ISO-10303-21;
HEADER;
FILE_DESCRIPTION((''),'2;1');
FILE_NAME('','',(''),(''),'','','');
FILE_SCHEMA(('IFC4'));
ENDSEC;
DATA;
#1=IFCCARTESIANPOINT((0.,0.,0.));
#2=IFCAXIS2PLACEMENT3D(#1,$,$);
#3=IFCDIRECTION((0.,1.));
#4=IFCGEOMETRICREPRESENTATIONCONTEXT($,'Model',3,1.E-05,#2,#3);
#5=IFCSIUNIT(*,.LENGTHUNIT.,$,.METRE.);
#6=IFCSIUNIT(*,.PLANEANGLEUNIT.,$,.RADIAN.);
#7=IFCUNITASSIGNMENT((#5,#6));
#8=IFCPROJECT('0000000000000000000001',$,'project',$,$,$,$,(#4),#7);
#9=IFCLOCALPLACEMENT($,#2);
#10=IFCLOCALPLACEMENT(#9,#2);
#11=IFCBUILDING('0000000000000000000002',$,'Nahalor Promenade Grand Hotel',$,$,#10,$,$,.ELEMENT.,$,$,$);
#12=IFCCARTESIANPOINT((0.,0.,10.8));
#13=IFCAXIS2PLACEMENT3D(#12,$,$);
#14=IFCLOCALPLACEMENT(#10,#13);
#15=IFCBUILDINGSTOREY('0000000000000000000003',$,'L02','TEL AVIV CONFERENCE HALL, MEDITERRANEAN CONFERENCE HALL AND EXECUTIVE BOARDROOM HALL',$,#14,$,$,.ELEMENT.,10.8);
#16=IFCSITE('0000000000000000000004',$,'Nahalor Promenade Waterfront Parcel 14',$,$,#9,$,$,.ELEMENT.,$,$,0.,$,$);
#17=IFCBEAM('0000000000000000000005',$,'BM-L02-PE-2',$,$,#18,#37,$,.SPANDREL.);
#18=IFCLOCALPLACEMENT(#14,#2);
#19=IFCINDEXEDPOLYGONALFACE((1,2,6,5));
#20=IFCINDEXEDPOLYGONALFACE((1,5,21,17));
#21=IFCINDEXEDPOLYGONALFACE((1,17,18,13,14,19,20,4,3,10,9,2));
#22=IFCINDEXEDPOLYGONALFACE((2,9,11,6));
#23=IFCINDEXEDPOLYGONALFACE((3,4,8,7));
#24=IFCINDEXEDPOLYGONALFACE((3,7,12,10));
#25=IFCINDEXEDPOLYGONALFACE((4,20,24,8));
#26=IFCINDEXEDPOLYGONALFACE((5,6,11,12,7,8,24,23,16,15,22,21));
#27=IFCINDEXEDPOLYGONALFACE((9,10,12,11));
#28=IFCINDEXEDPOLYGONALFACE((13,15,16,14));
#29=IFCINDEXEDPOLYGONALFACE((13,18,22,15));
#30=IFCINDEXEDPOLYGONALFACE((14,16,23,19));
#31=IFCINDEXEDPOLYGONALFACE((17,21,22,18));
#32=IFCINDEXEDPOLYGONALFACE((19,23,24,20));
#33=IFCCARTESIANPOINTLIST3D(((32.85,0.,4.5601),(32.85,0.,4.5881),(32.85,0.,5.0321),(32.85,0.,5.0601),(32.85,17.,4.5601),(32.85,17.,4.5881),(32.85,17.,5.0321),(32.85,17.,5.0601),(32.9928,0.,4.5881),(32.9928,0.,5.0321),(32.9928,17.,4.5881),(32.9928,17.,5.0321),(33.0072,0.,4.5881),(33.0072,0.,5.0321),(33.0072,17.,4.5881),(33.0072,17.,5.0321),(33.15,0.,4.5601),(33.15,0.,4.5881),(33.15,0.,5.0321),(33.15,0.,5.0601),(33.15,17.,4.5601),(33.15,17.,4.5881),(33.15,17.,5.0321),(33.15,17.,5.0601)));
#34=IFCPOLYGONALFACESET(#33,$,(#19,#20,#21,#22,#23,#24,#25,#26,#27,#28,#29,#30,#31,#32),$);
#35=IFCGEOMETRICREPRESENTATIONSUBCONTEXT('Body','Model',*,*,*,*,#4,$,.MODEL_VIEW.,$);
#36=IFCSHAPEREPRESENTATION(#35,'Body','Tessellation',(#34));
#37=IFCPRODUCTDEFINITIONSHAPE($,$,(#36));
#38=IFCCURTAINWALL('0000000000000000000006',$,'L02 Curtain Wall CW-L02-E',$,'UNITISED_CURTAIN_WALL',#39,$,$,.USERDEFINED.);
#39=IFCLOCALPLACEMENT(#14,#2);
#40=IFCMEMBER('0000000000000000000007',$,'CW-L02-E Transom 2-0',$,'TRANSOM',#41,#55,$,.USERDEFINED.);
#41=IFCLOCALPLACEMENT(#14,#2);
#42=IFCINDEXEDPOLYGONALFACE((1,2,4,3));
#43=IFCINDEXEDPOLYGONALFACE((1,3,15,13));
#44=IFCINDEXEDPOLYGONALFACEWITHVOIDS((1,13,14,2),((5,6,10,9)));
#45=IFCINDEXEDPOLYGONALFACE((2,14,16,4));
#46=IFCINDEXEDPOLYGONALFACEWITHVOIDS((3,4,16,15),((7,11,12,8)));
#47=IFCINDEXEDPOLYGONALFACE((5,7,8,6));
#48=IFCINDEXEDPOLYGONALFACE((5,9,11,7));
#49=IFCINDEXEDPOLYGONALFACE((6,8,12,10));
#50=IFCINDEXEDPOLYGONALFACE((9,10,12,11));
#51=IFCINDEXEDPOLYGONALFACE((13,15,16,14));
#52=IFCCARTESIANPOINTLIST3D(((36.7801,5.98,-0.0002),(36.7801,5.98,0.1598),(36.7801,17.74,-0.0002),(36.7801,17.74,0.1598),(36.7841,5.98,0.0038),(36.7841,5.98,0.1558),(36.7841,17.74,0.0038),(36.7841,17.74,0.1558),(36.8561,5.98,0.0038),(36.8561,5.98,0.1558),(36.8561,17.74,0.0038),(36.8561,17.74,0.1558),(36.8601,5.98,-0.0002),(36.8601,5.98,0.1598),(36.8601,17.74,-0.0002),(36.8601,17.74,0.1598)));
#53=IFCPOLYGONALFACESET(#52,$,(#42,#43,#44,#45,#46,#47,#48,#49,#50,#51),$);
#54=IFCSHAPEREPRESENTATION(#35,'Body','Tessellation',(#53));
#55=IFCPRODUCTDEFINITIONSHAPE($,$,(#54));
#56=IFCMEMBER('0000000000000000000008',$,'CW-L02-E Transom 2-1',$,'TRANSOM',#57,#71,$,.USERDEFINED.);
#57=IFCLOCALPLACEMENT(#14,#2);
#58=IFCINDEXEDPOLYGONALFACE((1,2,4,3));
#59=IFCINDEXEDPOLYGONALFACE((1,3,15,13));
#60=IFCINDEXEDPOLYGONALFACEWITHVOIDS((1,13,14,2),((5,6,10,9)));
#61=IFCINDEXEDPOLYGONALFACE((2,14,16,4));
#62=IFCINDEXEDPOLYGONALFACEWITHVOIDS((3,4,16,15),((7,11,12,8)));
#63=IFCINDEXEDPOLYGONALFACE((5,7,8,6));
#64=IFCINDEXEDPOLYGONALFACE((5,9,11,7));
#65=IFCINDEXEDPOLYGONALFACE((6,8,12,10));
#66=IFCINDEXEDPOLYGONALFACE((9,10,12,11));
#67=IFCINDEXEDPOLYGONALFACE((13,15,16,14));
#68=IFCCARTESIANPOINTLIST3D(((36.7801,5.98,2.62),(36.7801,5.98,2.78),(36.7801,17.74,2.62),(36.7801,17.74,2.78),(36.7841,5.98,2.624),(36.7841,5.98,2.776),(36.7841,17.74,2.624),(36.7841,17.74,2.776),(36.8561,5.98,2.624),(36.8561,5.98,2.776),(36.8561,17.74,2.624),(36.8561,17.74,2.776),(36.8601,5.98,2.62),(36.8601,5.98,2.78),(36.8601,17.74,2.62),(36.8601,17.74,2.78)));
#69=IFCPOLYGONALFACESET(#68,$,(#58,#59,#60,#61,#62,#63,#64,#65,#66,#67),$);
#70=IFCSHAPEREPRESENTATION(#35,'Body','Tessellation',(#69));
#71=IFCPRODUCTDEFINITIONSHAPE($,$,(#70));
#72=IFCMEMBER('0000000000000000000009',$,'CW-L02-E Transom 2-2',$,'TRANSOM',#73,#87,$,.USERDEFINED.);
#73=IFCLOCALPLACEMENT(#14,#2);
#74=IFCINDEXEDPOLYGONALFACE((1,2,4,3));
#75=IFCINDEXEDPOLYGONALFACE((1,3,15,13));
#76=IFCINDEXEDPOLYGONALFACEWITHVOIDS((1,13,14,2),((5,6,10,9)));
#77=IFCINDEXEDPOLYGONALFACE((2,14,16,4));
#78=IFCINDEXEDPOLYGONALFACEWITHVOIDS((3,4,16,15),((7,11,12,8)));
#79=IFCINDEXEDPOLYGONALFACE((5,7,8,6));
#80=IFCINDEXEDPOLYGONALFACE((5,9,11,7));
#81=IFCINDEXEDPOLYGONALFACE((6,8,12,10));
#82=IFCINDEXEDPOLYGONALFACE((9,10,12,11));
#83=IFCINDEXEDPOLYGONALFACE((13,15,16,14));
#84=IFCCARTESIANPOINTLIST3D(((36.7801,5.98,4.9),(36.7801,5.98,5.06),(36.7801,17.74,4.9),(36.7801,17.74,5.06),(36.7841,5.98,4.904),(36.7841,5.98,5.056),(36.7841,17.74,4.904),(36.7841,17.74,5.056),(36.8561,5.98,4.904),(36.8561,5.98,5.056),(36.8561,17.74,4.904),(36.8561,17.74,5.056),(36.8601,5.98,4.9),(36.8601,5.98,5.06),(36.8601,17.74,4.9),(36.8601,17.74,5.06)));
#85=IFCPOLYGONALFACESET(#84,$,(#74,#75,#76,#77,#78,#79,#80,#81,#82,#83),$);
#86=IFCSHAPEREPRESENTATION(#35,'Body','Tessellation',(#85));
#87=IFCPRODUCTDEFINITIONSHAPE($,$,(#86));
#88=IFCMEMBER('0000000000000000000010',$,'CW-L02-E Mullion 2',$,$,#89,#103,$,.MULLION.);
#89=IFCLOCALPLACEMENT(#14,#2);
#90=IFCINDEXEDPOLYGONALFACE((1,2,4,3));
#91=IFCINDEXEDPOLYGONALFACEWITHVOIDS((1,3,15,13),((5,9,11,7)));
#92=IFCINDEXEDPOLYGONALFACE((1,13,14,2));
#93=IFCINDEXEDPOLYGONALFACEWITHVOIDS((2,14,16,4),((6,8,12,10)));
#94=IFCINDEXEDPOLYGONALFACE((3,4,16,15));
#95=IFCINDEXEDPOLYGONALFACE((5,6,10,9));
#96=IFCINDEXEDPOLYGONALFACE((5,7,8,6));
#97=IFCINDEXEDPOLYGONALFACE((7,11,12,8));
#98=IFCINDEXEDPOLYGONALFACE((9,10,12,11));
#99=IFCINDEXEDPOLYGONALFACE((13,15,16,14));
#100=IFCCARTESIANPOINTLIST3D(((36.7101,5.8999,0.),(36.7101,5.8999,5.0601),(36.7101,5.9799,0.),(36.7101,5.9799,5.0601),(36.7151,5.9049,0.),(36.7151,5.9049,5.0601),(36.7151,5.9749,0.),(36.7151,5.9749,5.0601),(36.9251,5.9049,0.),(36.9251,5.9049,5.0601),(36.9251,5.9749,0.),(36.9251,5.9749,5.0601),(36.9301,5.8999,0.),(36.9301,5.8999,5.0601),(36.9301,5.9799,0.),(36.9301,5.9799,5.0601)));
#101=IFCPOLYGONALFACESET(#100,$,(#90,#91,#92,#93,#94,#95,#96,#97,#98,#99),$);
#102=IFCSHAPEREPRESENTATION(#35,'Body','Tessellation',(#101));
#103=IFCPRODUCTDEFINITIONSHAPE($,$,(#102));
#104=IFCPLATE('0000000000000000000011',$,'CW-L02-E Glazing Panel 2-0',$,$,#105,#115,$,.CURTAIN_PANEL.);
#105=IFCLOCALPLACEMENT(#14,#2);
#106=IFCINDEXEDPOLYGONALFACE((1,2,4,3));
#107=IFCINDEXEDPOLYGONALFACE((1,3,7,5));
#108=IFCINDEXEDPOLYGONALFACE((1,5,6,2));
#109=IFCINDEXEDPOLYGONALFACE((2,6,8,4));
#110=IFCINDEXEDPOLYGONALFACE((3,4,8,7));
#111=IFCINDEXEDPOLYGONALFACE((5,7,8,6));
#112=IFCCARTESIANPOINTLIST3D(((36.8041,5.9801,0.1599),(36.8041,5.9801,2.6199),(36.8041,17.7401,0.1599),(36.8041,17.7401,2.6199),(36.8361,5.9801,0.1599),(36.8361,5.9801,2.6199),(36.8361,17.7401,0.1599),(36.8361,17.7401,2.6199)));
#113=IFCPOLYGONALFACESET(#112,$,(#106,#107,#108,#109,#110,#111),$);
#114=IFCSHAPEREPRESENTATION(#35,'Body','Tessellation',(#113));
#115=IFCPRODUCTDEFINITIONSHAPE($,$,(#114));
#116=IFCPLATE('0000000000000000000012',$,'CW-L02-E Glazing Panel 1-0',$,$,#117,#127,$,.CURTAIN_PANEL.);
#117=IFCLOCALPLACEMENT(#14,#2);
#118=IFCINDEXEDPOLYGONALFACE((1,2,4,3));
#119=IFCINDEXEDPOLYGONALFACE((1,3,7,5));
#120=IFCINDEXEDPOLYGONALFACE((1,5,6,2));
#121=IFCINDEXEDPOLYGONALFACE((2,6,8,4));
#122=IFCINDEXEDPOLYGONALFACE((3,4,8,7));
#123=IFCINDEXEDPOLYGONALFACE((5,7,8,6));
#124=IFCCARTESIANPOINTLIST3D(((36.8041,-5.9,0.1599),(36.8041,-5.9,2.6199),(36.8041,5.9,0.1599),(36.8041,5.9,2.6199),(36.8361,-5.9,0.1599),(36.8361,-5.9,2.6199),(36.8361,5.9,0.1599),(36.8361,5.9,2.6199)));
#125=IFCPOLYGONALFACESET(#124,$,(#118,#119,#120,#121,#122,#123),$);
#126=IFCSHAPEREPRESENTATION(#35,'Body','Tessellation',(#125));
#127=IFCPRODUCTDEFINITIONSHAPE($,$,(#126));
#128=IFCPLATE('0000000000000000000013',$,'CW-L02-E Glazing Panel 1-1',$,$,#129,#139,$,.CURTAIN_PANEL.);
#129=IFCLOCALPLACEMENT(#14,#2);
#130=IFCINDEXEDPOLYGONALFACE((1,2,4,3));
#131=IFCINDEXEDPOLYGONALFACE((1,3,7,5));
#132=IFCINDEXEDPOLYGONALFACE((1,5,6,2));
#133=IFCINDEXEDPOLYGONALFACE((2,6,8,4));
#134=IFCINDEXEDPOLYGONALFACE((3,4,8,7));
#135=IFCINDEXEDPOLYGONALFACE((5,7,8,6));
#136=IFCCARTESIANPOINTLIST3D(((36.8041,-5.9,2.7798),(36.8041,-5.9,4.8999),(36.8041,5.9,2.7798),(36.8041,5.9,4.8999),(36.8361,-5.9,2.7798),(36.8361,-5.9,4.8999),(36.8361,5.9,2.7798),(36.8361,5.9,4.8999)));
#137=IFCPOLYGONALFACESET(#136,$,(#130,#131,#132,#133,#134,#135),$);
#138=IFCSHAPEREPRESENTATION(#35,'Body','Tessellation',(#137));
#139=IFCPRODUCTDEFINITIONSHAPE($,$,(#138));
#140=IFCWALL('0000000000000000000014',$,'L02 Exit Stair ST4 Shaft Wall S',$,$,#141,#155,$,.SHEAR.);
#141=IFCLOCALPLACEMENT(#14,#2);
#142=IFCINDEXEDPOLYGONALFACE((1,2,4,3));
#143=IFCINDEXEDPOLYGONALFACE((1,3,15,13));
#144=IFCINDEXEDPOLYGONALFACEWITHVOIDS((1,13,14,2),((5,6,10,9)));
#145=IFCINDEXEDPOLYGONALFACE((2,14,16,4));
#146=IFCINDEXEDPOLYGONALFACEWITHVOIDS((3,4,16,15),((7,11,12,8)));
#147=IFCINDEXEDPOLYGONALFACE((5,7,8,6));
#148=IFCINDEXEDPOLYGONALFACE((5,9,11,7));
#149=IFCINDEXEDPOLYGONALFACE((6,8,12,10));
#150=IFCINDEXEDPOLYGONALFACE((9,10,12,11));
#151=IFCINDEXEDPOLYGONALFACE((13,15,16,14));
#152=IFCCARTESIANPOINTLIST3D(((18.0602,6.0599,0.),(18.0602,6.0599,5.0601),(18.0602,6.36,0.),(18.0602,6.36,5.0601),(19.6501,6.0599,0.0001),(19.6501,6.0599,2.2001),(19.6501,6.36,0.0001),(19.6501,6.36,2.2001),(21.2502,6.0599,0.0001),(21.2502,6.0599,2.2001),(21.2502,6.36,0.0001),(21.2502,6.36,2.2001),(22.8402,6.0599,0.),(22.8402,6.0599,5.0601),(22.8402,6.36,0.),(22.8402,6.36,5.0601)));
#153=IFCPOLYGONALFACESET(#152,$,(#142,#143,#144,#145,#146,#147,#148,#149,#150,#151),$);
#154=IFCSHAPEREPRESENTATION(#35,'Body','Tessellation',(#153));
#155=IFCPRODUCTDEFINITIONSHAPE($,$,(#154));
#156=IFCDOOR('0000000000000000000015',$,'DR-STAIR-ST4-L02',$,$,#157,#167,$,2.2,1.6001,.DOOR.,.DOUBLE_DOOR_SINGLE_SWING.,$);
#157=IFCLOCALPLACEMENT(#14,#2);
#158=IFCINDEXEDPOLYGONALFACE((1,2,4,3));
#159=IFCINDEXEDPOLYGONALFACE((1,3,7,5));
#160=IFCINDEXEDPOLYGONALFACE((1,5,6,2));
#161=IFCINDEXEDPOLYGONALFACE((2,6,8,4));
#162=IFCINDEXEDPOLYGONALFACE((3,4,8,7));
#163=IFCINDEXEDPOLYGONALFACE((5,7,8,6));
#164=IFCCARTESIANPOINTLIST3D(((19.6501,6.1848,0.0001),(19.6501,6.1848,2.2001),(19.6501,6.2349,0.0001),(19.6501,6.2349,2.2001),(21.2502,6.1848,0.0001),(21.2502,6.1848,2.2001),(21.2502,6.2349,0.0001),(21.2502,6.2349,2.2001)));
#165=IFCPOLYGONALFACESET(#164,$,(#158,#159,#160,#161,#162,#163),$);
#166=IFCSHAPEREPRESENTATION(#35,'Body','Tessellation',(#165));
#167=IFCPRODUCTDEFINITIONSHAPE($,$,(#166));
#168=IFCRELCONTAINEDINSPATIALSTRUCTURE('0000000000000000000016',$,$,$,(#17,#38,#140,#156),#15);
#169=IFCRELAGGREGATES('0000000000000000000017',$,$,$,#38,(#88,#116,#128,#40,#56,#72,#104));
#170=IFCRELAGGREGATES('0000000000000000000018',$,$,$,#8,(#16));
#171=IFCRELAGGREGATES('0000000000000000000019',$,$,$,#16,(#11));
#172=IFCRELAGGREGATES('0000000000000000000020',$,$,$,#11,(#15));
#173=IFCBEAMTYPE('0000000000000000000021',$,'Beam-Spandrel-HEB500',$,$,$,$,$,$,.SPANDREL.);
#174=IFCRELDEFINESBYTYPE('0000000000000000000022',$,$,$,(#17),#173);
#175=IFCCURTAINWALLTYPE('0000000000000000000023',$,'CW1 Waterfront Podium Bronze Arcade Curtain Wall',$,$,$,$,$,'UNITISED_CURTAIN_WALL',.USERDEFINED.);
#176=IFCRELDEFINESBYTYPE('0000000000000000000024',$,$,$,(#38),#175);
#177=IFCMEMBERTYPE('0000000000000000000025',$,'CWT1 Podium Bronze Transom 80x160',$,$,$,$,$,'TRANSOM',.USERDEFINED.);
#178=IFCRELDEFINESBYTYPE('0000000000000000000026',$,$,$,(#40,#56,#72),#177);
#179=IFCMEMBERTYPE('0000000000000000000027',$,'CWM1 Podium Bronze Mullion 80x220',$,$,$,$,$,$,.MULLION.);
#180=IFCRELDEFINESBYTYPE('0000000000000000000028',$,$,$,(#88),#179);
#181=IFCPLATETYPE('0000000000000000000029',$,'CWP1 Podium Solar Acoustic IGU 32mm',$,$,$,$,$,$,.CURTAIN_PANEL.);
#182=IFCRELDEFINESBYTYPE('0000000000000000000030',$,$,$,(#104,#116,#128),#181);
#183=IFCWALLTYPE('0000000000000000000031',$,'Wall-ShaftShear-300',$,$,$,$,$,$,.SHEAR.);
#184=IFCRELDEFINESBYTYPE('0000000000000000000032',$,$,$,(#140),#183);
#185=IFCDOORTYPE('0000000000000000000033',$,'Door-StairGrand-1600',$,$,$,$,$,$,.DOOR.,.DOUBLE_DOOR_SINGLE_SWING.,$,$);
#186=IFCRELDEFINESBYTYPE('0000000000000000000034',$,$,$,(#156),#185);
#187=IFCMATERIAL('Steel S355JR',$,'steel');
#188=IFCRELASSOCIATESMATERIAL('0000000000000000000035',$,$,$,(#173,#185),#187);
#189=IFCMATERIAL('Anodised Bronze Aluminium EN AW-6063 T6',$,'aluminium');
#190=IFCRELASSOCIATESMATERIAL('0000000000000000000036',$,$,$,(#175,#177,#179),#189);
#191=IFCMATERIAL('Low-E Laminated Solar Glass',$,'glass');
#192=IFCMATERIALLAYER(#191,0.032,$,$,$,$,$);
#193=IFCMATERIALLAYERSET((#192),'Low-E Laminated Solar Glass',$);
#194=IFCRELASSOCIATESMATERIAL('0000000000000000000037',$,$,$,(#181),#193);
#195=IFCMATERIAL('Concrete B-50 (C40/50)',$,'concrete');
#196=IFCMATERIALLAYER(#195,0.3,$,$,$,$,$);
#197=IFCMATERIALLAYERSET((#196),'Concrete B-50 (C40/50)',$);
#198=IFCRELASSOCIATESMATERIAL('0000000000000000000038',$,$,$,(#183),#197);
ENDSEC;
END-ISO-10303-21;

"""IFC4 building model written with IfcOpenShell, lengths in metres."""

from ifc_helpers import new_model, si_unit, direction, frame, frame_2d, origin, origin_2d, place, context, subcontext, project, spatial, rectangle, hollow_rectangle, i_section, extrude, source, transform, mapped, material, layer, layer_set, material_profile, profile_set, type_object, element, fill, aggregate, save


model = new_model("IFC4")

# Units and contexts
model_context = context("Model", 3, precision=1e-05, world=origin(), true_north=direction((0.0, 1.0)))
body_context = subcontext(model_context, "Body", "Model", "MODEL_VIEW")
ifc_project = project(units=[si_unit("LENGTHUNIT", "METRE"), si_unit("PLANEANGLEUNIT", "RADIAN")], contexts=[model_context])

# Site, building, storey
site_placement = place(None, origin())
site = spatial("IfcSite", under=ifc_project, at=site_placement, Name="Nahalor Promenade Waterfront Parcel 14", CompositionType="ELEMENT", RefElevation=0.0)
building_placement = place(site_placement, origin())
building = spatial("IfcBuilding", under=site, at=building_placement, Name="Nahalor Promenade Grand Hotel", CompositionType="ELEMENT")
storey_placement = place(building_placement, frame((0.0, 0.0, 10.8)))
storey = spatial("IfcBuildingStorey", under=building, at=storey_placement, Name="L02", Description="TEL AVIV CONFERENCE HALL, MEDITERRANEAN CONFERENCE HALL AND EXECUTIVE BOARDROOM HALL", CompositionType="ELEMENT", Elevation=10.8)

# Beam
ifc_material_1 = material(Name="Steel S355JR", Category="steel")
ifc_material_profile_1 = material_profile(ifc_material_1, i_section(OverallWidth=0.3, OverallDepth=0.5, WebThickness=0.0145, FlangeThickness=0.028, at=origin_2d()), Name="HEB 500")
ifc_profile_set_1 = profile_set([ifc_material_profile_1], Name="Steel S355JR")
beam_type_1 = type_object("IfcBeamType", Name="Beam-Spandrel-HEB500", PredefinedType="SPANDREL", material=ifc_profile_set_1)
shared_shape_1 = source(origin(), body_context, "Body", "SweptSolid", [
    extrude(i_section(OverallWidth=0.3, OverallDepth=0.5, WebThickness=0.0145, FlangeThickness=0.028, at=origin_2d()), origin(), (0.0, 0.0, 1.0), 17.0),
])
beam_1_placement = place(storey_placement, frame((33.0, 0.0, 4.8101), z_axis=(0.0, 1.0, 0.0), x_axis=(-1.0, 0.0, 0.0)))
element("IfcBeam", 1, at=beam_1_placement, inside=storey, type_object=beam_type_1, Name="BM-L02-PE-2", PredefinedType="SPANDREL", context=body_context, shape_type="MappedRepresentation", body=[
    mapped(shared_shape_1, transform((0.0, 0.0, 0.0), scale=1.0)),
])

# Curtain wall, members, plates
ifc_material_2 = material(Name="Anodised Bronze Aluminium EN AW-6063 T6", Category="aluminium")
curtain_wall_type = type_object("IfcCurtainWallType", Name="CW1 Waterfront Podium Bronze Arcade Curtain Wall", ElementType="UNITISED_CURTAIN_WALL", PredefinedType="USERDEFINED", material=ifc_material_2)
curtain_wall_placement = place(storey_placement, origin())
curtain_wall = element("IfcCurtainWall", 2, at=curtain_wall_placement, inside=storey, type_object=curtain_wall_type, Name="L02 Curtain Wall CW-L02-E", ObjectType="UNITISED_CURTAIN_WALL", PredefinedType="USERDEFINED")
ifc_material_profile_2 = material_profile(ifc_material_2, hollow_rectangle(XDim=0.08, YDim=0.16, WallThickness=0.004, at=origin_2d()), Name="CWT 80x160x4")
ifc_profile_set_2 = profile_set([ifc_material_profile_2], Name="Anodised Bronze Aluminium EN AW-6063 T6")
member_type_1 = type_object("IfcMemberType", Name="CWT1 Podium Bronze Transom 80x160", ElementType="TRANSOM", PredefinedType="USERDEFINED", material=ifc_profile_set_2)
shared_shape_2 = source(origin(), body_context, "Body", "SweptSolid", [
    extrude(hollow_rectangle(XDim=0.08, YDim=0.16, WallThickness=0.004, at=origin_2d()), origin(), (0.0, 0.0, 1.0), 11.76),
])
member_1_placement = place(storey_placement, frame((36.8201, 5.98, 0.0798), z_axis=(0.0, 1.0, 0.0), x_axis=(-1.0, 0.0, 0.0)))
member_1 = element("IfcMember", 3, at=member_1_placement, type_object=member_type_1, Name="CW-L02-E Transom 2-0", ObjectType="TRANSOM", PredefinedType="USERDEFINED", context=body_context, shape_type="MappedRepresentation", body=[
    mapped(shared_shape_2, transform((0.0, 0.0, 0.0), scale=1.0)),
])
member_2_placement = place(storey_placement, frame((36.8201, 5.98, 2.7), z_axis=(0.0, 1.0, 0.0), x_axis=(-1.0, 0.0, 0.0)))
member_2 = element("IfcMember", 4, at=member_2_placement, type_object=member_type_1, Name="CW-L02-E Transom 2-1", ObjectType="TRANSOM", PredefinedType="USERDEFINED", context=body_context, shape_type="MappedRepresentation", body=[
    mapped(shared_shape_2, transform((0.0, 0.0, 0.0), scale=1.0)),
])
member_3_placement = place(storey_placement, frame((36.8201, 5.98, 4.98), z_axis=(0.0, 1.0, 0.0), x_axis=(-1.0, 0.0, 0.0)))
member_3 = element("IfcMember", 5, at=member_3_placement, type_object=member_type_1, Name="CW-L02-E Transom 2-2", ObjectType="TRANSOM", PredefinedType="USERDEFINED", context=body_context, shape_type="MappedRepresentation", body=[
    mapped(shared_shape_2, transform((0.0, 0.0, 0.0), scale=1.0)),
])
ifc_material_profile_3 = material_profile(ifc_material_2, hollow_rectangle(XDim=0.08, YDim=0.22, WallThickness=0.005, at=origin_2d()), Name="CWM 80x220x5")
ifc_profile_set_3 = profile_set([ifc_material_profile_3], Name="Anodised Bronze Aluminium EN AW-6063 T6")
member_type_2 = type_object("IfcMemberType", Name="CWM1 Podium Bronze Mullion 80x220", PredefinedType="MULLION", material=ifc_profile_set_3)
shared_shape_3 = source(origin(), body_context, "Body", "SweptSolid", [
    extrude(hollow_rectangle(XDim=0.08, YDim=0.22, WallThickness=0.005, at=origin_2d()), origin(), (0.0, 0.0, 1.0), 5.0601),
])
member_4_placement = place(storey_placement, frame((36.8201, 5.9399, 0.0), z_axis=(0.0, 0.0, 1.0), x_axis=(0.0, 1.0, 0.0)))
member_4 = element("IfcMember", 6, at=member_4_placement, type_object=member_type_2, Name="CW-L02-E Mullion 2", PredefinedType="MULLION", context=body_context, shape_type="MappedRepresentation", body=[
    mapped(shared_shape_3, transform((0.0, 0.0, 0.0), scale=1.0)),
])
ifc_material_3 = material(Name="Low-E Laminated Solar Glass", Category="glass")
ifc_layer_1 = layer(ifc_material_3, 0.032)
ifc_layer_set_1 = layer_set([ifc_layer_1], Name="Low-E Laminated Solar Glass")
plate_type = type_object("IfcPlateType", Name="CWP1 Podium Solar Acoustic IGU 32mm", PredefinedType="CURTAIN_PANEL", material=ifc_layer_set_1)
shared_shape_4 = source(origin(), body_context, "Body", "SweptSolid", [
    extrude(rectangle(XDim=11.76, YDim=0.032, at=origin_2d()), origin(), (0.0, 0.0, 1.0), 2.46),
])
plate_1_placement = place(storey_placement, frame((36.8201, 11.8601, 0.1599), z_axis=(0.0, 0.0, 1.0), x_axis=(0.0, 1.0, 0.0)))
plate_1 = element("IfcPlate", 7, at=plate_1_placement, type_object=plate_type, Name="CW-L02-E Glazing Panel 2-0", PredefinedType="CURTAIN_PANEL", context=body_context, shape_type="MappedRepresentation", body=[
    mapped(shared_shape_4, transform((0.0, 0.0, 0.0), scale=1.0)),
])
shared_shape_5 = source(origin(), body_context, "Body", "SweptSolid", [
    extrude(rectangle(XDim=11.8, YDim=0.032, at=origin_2d()), origin(), (0.0, 0.0, 1.0), 2.46),
])
plate_2_placement = place(storey_placement, frame((36.8201, 0.0, 0.1599), z_axis=(0.0, 0.0, 1.0), x_axis=(0.0, 1.0, 0.0)))
plate_2 = element("IfcPlate", 8, at=plate_2_placement, type_object=plate_type, Name="CW-L02-E Glazing Panel 1-0", PredefinedType="CURTAIN_PANEL", context=body_context, shape_type="MappedRepresentation", body=[
    mapped(shared_shape_5, transform((0.0, 0.0, 0.0), scale=1.0)),
])
shared_shape_6 = source(origin(), body_context, "Body", "SweptSolid", [
    extrude(rectangle(XDim=11.8, YDim=0.032, at=origin_2d()), origin(), (0.0, 0.0, 1.0), 2.1201),
])
plate_3_placement = place(storey_placement, frame((36.8201, 0.0, 2.7798), z_axis=(0.0, 0.0, 1.0), x_axis=(0.0, 1.0, 0.0)))
plate_3 = element("IfcPlate", 9, at=plate_3_placement, type_object=plate_type, Name="CW-L02-E Glazing Panel 1-1", PredefinedType="CURTAIN_PANEL", context=body_context, shape_type="MappedRepresentation", body=[
    mapped(shared_shape_6, transform((0.0, 0.0, 0.0), scale=1.0)),
])
aggregate(curtain_wall, [member_4, plate_2, plate_3, member_1, member_2, member_3, plate_1])

# Wall, opening, door
ifc_material_4 = material(Name="Concrete B-50 (C40/50)", Category="concrete")
ifc_layer_2 = layer(ifc_material_4, 0.3)
ifc_layer_set_2 = layer_set([ifc_layer_2], Name="Concrete B-50 (C40/50)")
wall_type_1 = type_object("IfcWallType", Name="Wall-ShaftShear-300", PredefinedType="SHEAR", material=ifc_layer_set_2)
shared_shape_7 = source(origin(), body_context, "Body", "SweptSolid", [
    extrude(rectangle(XDim=4.78, YDim=0.3, at=frame_2d((2.3901, 0.0))), origin(), (0.0, 0.0, 1.0), 5.0601),
])
wall_1_placement = place(storey_placement, frame((18.0601, 6.21, 0.0), z_axis=(0.0, 0.0, 1.0), x_axis=(1.0, 0.0, 0.0)))
wall_1 = element("IfcWall", 10, at=wall_1_placement, inside=storey, type_object=wall_type_1, Name="L02 Exit Stair ST4 Shaft Wall S", PredefinedType="SHEAR", context=body_context, shape_type="MappedRepresentation", body=[
    mapped(shared_shape_7, transform((0.0, 0.0, 0.0), scale=1.0)),
])
opening_1_placement = place(wall_1_placement, frame((1.5901, 0.0, 0.0)))
opening_1 = element("IfcOpeningElement", 11, at=opening_1_placement, cuts=wall_1, PredefinedType="OPENING", context=body_context, shape_type="SweptSolid", body=[
    extrude(rectangle(XDim=1.6001, YDim=2.2, at=frame_2d((0.8, 1.1001))), frame((0.0, 0.1599, 0.0), z_axis=(0.0, -1.0, 0.0), x_axis=(1.0, 0.0, 0.0)), (0.0, 0.0, 1.0), 0.3201),
])
door_type_1 = type_object("IfcDoorType", Name="Door-StairGrand-1600", OperationType="DOUBLE_DOOR_SINGLE_SWING", PredefinedType="DOOR", material=ifc_material_1)
shared_shape_8 = source(origin(), body_context, "Body", "SweptSolid", [
    extrude(rectangle(XDim=1.6001, YDim=2.2, at=frame_2d((0.8, 1.1001))), frame((0.0, 0.0249, 0.0), z_axis=(0.0, -1.0, 0.0), x_axis=(1.0, 0.0, 0.0)), (0.0, 0.0, 1.0), 0.05),
])
door_1_placement = place(opening_1_placement, origin())
door_1 = element("IfcDoor", 12, at=door_1_placement, inside=storey, type_object=door_type_1, Name="DR-STAIR-ST4-L02", OperationType="DOUBLE_DOOR_SINGLE_SWING", OverallHeight=2.2, OverallWidth=1.6001, PredefinedType="DOOR", context=body_context, shape_type="MappedRepresentation", body=[
    mapped(shared_shape_8, transform((0.0, 0.0, 0.0), scale=1.0)),
])
fill(opening_1, door_1)

save(model, "model.ifc")
